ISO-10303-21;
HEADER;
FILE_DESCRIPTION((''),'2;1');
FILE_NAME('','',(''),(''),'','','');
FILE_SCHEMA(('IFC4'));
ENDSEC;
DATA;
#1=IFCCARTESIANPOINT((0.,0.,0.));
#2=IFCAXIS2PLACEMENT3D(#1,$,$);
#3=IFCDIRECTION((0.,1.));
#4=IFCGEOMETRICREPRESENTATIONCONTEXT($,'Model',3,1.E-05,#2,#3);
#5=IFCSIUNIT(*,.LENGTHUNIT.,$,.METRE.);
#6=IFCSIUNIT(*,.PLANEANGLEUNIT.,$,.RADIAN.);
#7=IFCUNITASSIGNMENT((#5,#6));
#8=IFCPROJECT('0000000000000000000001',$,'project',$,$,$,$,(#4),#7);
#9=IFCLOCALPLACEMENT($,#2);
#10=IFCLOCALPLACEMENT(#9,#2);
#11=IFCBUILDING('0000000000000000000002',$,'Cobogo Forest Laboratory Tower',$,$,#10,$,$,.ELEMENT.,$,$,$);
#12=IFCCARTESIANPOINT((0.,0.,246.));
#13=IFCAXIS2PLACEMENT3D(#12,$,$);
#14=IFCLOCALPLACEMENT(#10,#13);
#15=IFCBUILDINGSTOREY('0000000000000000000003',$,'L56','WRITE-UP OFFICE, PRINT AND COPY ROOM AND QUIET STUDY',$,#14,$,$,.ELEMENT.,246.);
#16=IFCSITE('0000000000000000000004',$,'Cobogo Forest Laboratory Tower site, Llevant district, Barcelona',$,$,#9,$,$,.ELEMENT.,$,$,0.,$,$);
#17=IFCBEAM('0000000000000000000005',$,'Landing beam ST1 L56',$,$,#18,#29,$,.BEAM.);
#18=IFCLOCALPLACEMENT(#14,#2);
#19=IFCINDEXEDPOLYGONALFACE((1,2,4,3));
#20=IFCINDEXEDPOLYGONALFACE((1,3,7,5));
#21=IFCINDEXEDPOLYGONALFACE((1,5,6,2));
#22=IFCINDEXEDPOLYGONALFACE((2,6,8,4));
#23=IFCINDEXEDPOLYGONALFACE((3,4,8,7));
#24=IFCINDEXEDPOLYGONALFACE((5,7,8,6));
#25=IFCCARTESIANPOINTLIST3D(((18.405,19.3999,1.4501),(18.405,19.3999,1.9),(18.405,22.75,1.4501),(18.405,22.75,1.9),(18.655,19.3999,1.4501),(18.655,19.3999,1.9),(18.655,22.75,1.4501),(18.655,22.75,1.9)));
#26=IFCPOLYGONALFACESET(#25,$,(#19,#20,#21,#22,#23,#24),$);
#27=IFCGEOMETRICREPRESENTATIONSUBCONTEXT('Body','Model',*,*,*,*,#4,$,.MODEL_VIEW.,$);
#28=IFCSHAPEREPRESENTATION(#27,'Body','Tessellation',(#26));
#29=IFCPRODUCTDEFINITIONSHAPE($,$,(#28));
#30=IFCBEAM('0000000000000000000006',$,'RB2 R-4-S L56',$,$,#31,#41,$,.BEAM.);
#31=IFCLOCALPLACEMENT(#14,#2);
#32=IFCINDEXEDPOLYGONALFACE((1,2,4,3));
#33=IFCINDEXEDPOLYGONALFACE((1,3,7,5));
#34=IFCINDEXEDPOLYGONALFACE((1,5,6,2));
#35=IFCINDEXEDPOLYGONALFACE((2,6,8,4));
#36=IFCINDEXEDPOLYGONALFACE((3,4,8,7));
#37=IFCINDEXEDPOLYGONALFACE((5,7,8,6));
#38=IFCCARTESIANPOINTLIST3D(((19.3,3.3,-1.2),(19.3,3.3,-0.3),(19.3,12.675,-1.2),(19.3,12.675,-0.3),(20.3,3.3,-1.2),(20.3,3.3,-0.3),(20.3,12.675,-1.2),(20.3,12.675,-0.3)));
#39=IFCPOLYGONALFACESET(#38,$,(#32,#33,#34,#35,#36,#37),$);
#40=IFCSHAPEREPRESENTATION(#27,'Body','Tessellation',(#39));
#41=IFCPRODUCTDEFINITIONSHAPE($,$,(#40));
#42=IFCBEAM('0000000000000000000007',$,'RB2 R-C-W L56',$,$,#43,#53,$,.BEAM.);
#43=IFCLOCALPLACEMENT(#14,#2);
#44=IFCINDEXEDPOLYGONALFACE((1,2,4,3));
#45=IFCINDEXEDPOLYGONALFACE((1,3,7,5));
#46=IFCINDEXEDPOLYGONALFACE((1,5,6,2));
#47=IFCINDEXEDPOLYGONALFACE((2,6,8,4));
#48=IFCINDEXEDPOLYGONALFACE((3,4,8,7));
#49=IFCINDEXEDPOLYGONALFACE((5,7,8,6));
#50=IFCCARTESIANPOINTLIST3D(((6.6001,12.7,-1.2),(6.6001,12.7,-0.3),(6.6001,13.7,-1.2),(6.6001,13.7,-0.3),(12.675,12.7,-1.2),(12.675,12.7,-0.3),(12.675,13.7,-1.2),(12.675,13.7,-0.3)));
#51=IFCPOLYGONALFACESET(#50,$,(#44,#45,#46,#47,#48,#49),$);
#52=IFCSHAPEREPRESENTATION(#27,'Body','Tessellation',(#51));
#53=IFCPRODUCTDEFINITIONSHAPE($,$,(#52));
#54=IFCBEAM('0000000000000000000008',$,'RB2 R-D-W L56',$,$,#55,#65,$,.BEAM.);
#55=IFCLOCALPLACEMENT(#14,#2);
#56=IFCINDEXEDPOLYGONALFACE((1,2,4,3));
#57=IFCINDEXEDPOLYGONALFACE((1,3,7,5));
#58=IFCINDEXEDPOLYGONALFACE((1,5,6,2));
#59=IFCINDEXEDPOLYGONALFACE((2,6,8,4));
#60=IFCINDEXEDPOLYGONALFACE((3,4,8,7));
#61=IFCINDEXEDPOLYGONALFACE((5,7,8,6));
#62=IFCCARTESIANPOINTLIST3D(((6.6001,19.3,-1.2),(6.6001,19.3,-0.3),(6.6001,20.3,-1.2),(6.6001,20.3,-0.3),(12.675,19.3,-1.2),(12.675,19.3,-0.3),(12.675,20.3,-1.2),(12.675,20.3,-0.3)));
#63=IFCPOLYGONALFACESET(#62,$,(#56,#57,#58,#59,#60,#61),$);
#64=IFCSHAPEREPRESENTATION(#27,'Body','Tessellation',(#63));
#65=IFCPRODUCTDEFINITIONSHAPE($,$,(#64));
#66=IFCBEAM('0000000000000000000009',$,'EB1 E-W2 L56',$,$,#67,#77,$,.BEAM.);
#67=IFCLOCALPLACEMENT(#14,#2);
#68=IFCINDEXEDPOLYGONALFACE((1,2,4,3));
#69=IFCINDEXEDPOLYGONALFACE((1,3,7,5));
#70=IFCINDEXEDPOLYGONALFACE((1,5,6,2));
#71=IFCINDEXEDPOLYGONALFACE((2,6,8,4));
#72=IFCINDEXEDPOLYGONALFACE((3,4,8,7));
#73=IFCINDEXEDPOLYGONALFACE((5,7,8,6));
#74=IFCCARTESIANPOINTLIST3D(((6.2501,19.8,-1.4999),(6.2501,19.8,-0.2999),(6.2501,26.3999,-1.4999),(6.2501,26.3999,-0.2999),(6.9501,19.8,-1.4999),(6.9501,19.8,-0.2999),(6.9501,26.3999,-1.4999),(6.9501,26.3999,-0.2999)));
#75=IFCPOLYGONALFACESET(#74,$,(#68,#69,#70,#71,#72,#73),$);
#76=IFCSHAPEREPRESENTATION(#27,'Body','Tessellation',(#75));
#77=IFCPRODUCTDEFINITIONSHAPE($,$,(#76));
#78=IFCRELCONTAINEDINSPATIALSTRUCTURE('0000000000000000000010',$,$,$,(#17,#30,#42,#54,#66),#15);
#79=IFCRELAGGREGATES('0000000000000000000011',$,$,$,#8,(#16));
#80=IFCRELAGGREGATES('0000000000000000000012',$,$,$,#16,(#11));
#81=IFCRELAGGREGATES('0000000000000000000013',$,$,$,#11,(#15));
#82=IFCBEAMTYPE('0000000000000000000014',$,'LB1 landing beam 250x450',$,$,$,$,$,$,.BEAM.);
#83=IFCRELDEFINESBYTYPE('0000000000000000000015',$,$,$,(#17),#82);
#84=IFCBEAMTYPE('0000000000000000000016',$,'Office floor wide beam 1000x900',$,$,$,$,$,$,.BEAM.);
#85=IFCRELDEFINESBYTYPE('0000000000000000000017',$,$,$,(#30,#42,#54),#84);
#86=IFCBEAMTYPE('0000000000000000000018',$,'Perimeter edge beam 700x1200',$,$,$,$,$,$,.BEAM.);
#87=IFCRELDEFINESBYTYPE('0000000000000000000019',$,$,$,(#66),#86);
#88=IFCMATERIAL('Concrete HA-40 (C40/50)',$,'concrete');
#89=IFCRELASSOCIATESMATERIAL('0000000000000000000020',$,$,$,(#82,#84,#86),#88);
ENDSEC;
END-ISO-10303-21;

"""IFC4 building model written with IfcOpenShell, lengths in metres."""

from ifc_helpers import new_model, si_unit, direction, frame, origin, origin_2d, place, context, subcontext, project, spatial, rectangle, extrude, material, material_profile, profile_set, type_object, element, save


model = new_model("IFC4")

# Units and contexts
model_context = context("Model", 3, precision=1e-05, world=origin(), true_north=direction((0.0, 1.0)))
body_context = subcontext(model_context, "Body", "Model", "MODEL_VIEW")
ifc_project = project(units=[si_unit("LENGTHUNIT", "METRE"), si_unit("PLANEANGLEUNIT", "RADIAN")], contexts=[model_context])

# Site, building, storey
site_placement = place(None, origin())
site = spatial("IfcSite", under=ifc_project, at=site_placement, Name="Cobogo Forest Laboratory Tower site, Llevant district, Barcelona", CompositionType="ELEMENT", RefElevation=0.0)
building_placement = place(site_placement, origin())
building = spatial("IfcBuilding", under=site, at=building_placement, Name="Cobogo Forest Laboratory Tower", CompositionType="ELEMENT")
storey_placement = place(building_placement, frame((0.0, 0.0, 246.0)))
storey = spatial("IfcBuildingStorey", under=building, at=storey_placement, Name="L56", Description="WRITE-UP OFFICE, PRINT AND COPY ROOM AND QUIET STUDY", CompositionType="ELEMENT", Elevation=246.0)

# Beams
ifc_material_1 = material(Name="Concrete HA-40 (C40/50)", Category="concrete")
ifc_material_profile_1 = material_profile(ifc_material_1, rectangle(XDim=0.25, YDim=0.45, at=origin_2d()), Name="RC 250x450")
ifc_profile_set_1 = profile_set([ifc_material_profile_1], Name="Concrete HA-40 (C40/50)")
beam_type_1 = type_object("IfcBeamType", Name="LB1 landing beam 250x450", PredefinedType="BEAM", material=ifc_profile_set_1)
beam_1_placement = place(storey_placement, frame((18.53, 19.3999, 1.675), z_axis=(0.0, 1.0, 0.0), x_axis=(-1.0, 0.0, 0.0)))
element("IfcBeam", 1, at=beam_1_placement, inside=storey, type_object=beam_type_1, Name="Landing beam ST1 L56", PredefinedType="BEAM", context=body_context, shape_type="SweptSolid", body=[
    extrude(rectangle(XDim=0.25, YDim=0.45, at=origin_2d()), origin(), (0.0, 0.0, 1.0), 3.3501),
])
ifc_material_profile_2 = material_profile(ifc_material_1, rectangle(XDim=1.0, YDim=0.8999, at=origin_2d()), Name="RC 1000x900")
ifc_profile_set_2 = profile_set([ifc_material_profile_2], Name="Concrete HA-40 (C40/50)")
beam_type_2 = type_object("IfcBeamType", Name="Office floor wide beam 1000x900", PredefinedType="BEAM", material=ifc_profile_set_2)
beam_2_placement = place(storey_placement, frame((19.8, 12.675, -0.75), z_axis=(0.0, -1.0, 0.0), x_axis=(1.0, 0.0, 0.0)))
element("IfcBeam", 2, at=beam_2_placement, inside=storey, type_object=beam_type_2, Name="RB2 R-4-S L56", PredefinedType="BEAM", context=body_context, shape_type="SweptSolid", body=[
    extrude(rectangle(XDim=1.0, YDim=0.8999, at=origin_2d()), origin(), (0.0, 0.0, 1.0), 9.375),
])
for number, where, z_axis, x_axis, name in (
    (3, (12.675, 13.2, -0.75), (-1.0, 0.0, 0.0), (0.0, -1.0, 0.0), "RB2 R-C-W L56"),
    (4, (12.675, 19.8, -0.75), (-1.0, 0.0, 0.0), (0.0, -1.0, 0.0), "RB2 R-D-W L56"),
):
    element("IfcBeam", number, at=place(storey_placement, frame(where, z_axis=z_axis, x_axis=x_axis)), inside=storey, type_object=beam_type_2, Name=name, PredefinedType="BEAM", context=body_context, shape_type="SweptSolid", body=[
        extrude(rectangle(XDim=1.0, YDim=0.8999, at=origin_2d()), origin(), (0.0, 0.0, 1.0), 6.075),
    ])
ifc_material_profile_3 = material_profile(ifc_material_1, rectangle(XDim=0.7, YDim=1.2, at=origin_2d()), Name="RC 700x1200")
ifc_profile_set_3 = profile_set([ifc_material_profile_3], Name="Concrete HA-40 (C40/50)")
beam_type_3 = type_object("IfcBeamType", Name="Perimeter edge beam 700x1200", PredefinedType="BEAM", material=ifc_profile_set_3)
beam_3_placement = place(storey_placement, frame((6.6001, 19.8, -0.8999), z_axis=(0.0, 1.0, 0.0), x_axis=(-1.0, 0.0, 0.0)))
element("IfcBeam", 5, at=beam_3_placement, inside=storey, type_object=beam_type_3, Name="EB1 E-W2 L56", PredefinedType="BEAM", context=body_context, shape_type="SweptSolid", body=[
    extrude(rectangle(XDim=0.7, YDim=1.2, at=origin_2d()), origin(), (0.0, 0.0, 1.0), 6.5999),
])

save(model, "model.ifc")
